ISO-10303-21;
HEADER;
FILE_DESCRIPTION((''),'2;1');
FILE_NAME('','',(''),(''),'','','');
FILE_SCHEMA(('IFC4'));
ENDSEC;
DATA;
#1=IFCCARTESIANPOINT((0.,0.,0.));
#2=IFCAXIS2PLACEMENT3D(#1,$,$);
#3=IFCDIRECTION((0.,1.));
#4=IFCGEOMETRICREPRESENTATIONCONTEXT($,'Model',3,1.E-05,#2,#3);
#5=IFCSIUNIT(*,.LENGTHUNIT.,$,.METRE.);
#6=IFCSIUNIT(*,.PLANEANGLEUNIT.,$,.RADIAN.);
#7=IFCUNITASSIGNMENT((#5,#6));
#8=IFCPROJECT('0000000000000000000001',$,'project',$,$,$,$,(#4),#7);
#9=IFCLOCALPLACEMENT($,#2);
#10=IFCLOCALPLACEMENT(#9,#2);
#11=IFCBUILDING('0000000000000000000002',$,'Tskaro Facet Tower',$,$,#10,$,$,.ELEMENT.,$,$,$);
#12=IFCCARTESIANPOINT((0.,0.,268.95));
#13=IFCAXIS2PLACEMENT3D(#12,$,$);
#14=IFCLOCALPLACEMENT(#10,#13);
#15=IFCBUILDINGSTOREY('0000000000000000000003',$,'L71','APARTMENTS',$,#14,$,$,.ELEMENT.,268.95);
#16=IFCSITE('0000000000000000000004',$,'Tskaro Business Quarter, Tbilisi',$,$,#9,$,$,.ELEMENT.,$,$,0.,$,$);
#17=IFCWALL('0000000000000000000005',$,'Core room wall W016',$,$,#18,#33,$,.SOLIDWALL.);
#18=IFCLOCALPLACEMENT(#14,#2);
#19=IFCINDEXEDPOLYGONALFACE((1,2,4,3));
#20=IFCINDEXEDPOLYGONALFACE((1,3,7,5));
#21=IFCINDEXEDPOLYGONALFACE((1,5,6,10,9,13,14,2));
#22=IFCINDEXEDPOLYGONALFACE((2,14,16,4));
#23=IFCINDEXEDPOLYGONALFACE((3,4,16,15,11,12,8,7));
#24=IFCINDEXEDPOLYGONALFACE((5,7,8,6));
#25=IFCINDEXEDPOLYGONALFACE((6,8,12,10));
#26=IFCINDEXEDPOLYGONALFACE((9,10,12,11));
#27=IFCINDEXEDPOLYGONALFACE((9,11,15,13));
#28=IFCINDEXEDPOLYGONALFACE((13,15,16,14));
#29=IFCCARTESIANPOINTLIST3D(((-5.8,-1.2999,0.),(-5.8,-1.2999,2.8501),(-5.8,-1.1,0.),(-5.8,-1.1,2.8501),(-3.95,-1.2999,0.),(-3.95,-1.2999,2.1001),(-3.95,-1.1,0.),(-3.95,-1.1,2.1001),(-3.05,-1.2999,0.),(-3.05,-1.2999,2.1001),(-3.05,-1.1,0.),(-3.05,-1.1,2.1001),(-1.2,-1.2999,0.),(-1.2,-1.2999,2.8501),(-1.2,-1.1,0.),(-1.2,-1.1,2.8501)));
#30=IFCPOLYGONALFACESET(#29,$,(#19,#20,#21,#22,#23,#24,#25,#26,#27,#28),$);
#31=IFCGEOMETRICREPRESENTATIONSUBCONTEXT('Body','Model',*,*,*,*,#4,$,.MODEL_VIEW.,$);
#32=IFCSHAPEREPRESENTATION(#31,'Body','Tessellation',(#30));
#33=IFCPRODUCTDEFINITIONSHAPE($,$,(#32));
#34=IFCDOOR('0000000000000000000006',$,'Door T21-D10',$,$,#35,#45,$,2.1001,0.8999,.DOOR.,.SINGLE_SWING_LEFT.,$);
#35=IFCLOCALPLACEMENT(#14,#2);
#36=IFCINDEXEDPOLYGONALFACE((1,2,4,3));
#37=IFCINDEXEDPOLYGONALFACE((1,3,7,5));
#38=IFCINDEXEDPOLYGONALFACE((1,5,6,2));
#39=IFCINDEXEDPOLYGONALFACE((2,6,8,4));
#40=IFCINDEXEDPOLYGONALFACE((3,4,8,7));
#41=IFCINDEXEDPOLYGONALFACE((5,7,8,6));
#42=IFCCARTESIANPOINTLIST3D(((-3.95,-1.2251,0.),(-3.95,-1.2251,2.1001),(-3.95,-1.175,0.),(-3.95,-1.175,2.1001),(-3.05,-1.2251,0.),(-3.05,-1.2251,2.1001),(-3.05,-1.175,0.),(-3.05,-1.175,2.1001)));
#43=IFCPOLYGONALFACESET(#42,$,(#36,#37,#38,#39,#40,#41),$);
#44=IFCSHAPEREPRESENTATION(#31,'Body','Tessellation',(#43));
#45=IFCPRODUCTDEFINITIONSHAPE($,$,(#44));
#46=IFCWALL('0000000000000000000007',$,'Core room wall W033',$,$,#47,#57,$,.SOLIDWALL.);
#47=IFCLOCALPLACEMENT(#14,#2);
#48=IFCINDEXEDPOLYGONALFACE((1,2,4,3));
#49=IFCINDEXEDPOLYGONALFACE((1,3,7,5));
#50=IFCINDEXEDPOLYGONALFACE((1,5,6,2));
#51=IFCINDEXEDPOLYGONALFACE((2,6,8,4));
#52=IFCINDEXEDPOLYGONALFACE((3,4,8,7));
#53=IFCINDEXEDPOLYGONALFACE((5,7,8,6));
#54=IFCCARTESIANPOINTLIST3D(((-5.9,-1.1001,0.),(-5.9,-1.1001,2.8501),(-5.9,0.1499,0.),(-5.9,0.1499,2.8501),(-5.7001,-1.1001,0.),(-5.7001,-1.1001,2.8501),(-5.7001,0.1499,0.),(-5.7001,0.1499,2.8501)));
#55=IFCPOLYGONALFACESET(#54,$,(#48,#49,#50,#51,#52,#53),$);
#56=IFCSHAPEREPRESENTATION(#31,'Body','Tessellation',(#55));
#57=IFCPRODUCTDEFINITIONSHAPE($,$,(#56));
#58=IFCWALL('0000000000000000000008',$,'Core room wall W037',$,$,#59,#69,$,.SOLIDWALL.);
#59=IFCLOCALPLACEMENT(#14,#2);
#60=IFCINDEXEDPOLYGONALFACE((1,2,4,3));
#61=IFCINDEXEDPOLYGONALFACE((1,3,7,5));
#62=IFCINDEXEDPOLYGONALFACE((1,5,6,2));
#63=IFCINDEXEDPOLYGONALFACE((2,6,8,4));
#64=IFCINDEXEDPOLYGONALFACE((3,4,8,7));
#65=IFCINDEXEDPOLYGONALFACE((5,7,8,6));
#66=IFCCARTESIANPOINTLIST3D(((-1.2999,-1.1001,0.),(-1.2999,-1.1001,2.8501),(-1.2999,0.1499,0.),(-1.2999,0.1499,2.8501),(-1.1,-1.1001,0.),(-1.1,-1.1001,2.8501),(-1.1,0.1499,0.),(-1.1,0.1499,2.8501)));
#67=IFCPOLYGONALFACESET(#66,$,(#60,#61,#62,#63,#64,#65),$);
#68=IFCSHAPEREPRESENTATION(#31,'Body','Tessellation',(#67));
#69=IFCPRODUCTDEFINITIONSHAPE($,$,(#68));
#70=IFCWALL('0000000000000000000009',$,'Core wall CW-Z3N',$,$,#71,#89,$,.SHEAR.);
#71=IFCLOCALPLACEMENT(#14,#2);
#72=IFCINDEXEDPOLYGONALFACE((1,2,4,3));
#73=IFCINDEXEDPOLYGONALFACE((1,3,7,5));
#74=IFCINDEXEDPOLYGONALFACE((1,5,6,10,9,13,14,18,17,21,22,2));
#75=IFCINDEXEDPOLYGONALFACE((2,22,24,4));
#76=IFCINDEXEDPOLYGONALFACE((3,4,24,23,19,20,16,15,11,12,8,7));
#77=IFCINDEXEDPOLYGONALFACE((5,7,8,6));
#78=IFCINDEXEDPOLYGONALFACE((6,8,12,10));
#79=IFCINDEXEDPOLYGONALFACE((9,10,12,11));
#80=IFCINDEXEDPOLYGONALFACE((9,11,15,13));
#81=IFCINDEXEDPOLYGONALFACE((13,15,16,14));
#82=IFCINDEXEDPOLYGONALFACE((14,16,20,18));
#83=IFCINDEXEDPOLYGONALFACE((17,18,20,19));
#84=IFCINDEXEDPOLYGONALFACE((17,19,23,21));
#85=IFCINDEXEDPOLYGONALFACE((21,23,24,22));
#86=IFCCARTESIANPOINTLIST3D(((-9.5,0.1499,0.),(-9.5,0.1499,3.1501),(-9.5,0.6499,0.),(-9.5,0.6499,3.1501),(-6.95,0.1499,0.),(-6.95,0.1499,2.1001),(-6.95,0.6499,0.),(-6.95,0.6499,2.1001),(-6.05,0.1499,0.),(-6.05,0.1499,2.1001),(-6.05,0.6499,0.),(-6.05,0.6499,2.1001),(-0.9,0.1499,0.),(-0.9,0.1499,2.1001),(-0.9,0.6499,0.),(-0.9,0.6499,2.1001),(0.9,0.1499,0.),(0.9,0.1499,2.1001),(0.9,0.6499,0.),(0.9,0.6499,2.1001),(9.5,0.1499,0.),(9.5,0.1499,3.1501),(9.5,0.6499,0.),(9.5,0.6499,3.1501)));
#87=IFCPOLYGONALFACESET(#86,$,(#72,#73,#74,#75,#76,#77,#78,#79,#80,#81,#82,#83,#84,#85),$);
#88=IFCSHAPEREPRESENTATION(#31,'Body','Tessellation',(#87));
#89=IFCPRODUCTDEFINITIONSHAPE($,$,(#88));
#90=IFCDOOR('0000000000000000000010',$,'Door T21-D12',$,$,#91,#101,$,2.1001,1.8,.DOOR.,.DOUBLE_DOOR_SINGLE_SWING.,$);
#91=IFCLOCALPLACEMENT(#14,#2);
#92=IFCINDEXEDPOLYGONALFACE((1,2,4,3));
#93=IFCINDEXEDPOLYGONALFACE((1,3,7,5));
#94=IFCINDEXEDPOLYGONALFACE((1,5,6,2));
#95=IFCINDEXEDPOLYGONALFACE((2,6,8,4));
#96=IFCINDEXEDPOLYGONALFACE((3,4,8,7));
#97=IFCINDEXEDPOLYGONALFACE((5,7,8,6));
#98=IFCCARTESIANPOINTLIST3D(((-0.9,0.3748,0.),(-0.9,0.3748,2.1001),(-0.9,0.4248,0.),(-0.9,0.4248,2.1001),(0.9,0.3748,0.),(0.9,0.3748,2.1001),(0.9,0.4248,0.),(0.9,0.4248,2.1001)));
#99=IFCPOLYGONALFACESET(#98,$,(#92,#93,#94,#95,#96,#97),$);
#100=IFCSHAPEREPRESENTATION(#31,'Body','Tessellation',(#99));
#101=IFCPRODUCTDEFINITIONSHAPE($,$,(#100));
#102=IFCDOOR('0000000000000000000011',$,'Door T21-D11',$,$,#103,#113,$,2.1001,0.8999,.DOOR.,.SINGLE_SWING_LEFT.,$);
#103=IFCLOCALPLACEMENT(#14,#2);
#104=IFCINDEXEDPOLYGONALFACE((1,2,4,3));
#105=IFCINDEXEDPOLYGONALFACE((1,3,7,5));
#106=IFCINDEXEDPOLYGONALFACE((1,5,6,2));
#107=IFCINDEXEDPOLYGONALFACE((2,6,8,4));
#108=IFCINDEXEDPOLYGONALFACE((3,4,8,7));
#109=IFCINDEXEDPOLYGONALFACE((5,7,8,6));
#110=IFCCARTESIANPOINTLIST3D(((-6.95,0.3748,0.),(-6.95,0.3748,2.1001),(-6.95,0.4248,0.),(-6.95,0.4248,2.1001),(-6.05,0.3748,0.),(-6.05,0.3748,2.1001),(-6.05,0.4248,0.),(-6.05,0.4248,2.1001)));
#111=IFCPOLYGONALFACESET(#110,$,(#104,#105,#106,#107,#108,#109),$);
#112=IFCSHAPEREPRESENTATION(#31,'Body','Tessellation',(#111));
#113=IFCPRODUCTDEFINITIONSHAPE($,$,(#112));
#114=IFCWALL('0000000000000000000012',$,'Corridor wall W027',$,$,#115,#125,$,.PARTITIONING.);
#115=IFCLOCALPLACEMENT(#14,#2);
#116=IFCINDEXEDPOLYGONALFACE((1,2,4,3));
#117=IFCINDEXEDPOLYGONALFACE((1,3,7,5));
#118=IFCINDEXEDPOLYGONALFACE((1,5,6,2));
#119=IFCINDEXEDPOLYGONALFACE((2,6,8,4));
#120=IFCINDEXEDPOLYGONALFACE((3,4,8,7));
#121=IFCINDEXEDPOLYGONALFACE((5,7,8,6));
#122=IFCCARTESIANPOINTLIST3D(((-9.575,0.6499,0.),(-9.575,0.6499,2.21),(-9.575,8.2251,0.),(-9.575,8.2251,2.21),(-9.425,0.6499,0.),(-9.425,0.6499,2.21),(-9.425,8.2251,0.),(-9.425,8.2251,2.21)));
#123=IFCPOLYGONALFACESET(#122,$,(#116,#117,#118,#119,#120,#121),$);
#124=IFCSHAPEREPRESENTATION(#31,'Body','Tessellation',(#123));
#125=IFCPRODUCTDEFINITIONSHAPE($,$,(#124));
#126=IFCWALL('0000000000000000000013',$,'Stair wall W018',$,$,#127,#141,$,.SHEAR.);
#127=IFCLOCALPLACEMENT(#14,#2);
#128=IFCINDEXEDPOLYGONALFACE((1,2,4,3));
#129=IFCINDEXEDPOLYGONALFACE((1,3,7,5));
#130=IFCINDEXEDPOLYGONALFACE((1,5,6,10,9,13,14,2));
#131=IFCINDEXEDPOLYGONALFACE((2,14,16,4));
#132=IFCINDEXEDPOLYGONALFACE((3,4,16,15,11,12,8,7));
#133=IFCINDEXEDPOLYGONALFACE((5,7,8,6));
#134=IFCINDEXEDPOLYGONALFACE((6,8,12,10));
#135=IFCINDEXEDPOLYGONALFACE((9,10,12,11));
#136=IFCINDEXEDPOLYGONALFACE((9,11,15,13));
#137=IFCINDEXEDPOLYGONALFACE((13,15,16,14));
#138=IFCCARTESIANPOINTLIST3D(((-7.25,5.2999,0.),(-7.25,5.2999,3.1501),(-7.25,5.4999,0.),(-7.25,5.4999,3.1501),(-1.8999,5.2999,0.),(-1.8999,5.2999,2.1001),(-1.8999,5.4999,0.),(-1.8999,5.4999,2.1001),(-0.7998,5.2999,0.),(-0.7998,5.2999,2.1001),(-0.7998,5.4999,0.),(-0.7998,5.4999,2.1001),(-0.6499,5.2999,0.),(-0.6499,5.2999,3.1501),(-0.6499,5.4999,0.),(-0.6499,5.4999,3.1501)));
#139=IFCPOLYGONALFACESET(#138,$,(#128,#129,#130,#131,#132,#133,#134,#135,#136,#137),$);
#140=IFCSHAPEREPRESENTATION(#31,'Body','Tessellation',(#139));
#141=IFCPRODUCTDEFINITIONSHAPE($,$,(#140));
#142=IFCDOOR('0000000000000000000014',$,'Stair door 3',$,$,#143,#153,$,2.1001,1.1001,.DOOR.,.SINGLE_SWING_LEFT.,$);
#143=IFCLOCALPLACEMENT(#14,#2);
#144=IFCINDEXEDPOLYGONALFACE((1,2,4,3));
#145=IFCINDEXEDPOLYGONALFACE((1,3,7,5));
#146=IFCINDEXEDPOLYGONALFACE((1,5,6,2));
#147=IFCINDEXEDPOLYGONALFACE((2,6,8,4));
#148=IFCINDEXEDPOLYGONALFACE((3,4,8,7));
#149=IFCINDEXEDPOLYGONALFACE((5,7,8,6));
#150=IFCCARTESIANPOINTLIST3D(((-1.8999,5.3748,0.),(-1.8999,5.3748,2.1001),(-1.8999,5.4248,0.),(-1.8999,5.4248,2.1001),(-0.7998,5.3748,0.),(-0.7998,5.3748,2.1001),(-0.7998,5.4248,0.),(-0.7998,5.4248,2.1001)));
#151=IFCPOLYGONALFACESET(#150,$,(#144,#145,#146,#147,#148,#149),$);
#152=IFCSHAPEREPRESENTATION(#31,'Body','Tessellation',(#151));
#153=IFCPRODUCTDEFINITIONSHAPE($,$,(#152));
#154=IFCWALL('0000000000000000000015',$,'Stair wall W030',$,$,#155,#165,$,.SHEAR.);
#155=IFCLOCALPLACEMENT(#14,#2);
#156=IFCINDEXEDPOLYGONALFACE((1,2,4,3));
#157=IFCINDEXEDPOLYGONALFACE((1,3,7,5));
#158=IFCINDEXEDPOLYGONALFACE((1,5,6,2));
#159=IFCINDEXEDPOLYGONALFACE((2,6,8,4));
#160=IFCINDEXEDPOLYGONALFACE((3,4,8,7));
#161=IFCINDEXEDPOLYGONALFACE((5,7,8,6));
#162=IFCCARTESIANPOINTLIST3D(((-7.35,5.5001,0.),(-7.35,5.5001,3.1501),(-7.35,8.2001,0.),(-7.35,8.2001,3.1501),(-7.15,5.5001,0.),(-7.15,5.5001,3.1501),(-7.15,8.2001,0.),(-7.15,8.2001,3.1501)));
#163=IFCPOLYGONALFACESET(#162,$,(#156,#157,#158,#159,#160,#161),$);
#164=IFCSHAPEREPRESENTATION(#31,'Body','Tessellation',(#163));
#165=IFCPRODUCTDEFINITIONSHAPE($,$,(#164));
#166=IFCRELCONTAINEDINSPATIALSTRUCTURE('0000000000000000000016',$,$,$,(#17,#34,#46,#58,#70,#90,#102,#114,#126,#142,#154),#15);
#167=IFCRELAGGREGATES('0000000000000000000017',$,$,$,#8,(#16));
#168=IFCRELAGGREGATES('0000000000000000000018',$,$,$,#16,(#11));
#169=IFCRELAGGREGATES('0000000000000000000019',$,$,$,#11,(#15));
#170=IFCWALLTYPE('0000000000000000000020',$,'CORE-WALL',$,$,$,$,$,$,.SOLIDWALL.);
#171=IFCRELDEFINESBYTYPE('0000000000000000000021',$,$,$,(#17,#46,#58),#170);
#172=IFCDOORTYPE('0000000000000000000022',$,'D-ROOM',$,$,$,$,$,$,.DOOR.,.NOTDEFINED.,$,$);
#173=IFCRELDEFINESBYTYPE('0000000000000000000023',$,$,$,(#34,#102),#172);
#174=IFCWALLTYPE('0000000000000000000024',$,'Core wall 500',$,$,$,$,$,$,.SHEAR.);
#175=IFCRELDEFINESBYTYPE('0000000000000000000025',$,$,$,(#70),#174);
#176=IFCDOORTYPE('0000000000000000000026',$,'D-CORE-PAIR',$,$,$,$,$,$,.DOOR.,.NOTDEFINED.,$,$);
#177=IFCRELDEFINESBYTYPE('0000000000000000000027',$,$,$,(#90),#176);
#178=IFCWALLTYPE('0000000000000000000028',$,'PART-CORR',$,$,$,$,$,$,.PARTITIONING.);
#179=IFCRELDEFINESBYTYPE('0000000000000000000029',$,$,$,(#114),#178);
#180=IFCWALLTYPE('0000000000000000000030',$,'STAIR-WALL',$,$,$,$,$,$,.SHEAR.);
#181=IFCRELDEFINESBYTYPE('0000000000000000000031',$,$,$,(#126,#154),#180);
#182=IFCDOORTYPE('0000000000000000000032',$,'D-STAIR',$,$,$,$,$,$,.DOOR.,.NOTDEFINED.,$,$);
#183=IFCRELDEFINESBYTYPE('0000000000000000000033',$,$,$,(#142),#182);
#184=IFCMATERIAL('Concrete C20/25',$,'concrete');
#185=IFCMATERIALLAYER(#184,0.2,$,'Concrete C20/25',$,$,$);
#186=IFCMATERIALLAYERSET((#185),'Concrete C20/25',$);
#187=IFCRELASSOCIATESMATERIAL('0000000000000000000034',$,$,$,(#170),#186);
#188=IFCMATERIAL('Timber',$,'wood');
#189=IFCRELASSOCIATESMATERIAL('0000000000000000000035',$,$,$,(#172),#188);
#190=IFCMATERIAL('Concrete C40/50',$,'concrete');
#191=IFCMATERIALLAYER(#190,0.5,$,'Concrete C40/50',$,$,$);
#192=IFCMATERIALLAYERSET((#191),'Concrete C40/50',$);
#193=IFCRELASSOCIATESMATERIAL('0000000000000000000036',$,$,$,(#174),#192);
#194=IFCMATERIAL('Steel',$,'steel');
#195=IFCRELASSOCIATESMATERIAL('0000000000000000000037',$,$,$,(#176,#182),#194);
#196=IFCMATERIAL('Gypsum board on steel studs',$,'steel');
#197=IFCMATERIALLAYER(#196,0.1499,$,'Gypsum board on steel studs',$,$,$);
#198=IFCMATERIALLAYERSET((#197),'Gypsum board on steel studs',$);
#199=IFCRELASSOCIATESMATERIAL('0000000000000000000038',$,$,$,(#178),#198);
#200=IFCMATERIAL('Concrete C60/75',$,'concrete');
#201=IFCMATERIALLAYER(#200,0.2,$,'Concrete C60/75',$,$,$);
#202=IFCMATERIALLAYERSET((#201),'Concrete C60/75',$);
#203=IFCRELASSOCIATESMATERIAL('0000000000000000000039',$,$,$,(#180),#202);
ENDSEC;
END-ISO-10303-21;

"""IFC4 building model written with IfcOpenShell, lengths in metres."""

from ifc_helpers import new_model, si_unit, direction, frame, frame_2d, origin, place, context, subcontext, project, spatial, rectangle, extrude, material, layer, layer_set, type_object, element, fill, save


model = new_model("IFC4")

# Units and contexts
model_context = context("Model", 3, precision=1e-05, world=origin(), true_north=direction((0.0, 1.0)))
body_context = subcontext(model_context, "Body", "Model", "MODEL_VIEW")
ifc_project = project(units=[si_unit("LENGTHUNIT", "METRE"), si_unit("PLANEANGLEUNIT", "RADIAN")], contexts=[model_context])

# Site, building, storey
site_placement = place(None, origin())
site = spatial("IfcSite", under=ifc_project, at=site_placement, Name="Tskaro Business Quarter, Tbilisi", CompositionType="ELEMENT", RefElevation=0.0)
building_placement = place(site_placement, origin())
building = spatial("IfcBuilding", under=site, at=building_placement, Name="Tskaro Facet Tower", CompositionType="ELEMENT")
storey_placement = place(building_placement, frame((0.0, 0.0, 268.95)))
storey = spatial("IfcBuildingStorey", under=building, at=storey_placement, Name="L71", Description="APARTMENTS", CompositionType="ELEMENT", Elevation=268.95)

# Shared definitions
ifc_material_1 = material(Name="Concrete C40/50", Category="concrete")

# Shared definitions
ifc_material_2 = material(Name="Concrete C60/75", Category="concrete")

# Wall, opening, door
ifc_material_3 = material(Name="Concrete C20/25", Category="concrete")
ifc_layer_1 = layer(ifc_material_3, 0.2, Name="Concrete C20/25")
ifc_layer_set_1 = layer_set([ifc_layer_1], Name="Concrete C20/25")
wall_type_1 = type_object("IfcWallType", Name="CORE-WALL", PredefinedType="SOLIDWALL", material=ifc_layer_set_1)
wall_1_placement = place(storey_placement, frame((-5.8, -1.2, 0.0), z_axis=(0.0, 0.0, 1.0), x_axis=(1.0, 0.0, 0.0)))
wall_1 = element("IfcWall", 1, at=wall_1_placement, inside=storey, type_object=wall_type_1, Name="Core room wall W016", PredefinedType="SOLIDWALL", context=body_context, shape_type="SweptSolid", body=[
    extrude(rectangle(XDim=4.6001, YDim=0.2, at=frame_2d((2.3, 0.0))), origin(), (0.0, 0.0, 1.0), 2.8501),
])
opening_1_placement = place(wall_1_placement, frame((1.8501, 0.0, 0.0)))
opening_1 = element("IfcOpeningElement", 2, at=opening_1_placement, cuts=wall_1, PredefinedType="OPENING", context=body_context, shape_type="SweptSolid", body=[
    extrude(rectangle(XDim=0.8999, YDim=2.1001, at=frame_2d((0.45, 1.05))), frame((0.0, 0.1099, 0.0), z_axis=(0.0, -1.0, 0.0), x_axis=(1.0, 0.0, 0.0)), (0.0, 0.0, 1.0), 0.22),
])
ifc_material_4 = material(Name="Timber", Category="wood")
door_type_1 = type_object("IfcDoorType", Name="D-ROOM", OperationType="NOTDEFINED", PredefinedType="DOOR", material=ifc_material_4)
door_1_placement = place(opening_1_placement, origin())
door_1 = element("IfcDoor", 3, at=door_1_placement, inside=storey, type_object=door_type_1, Name="Door T21-D10", OperationType="SINGLE_SWING_LEFT", OverallHeight=2.1001, OverallWidth=0.8999, PredefinedType="DOOR", context=body_context, shape_type="SweptSolid", body=[
    extrude(rectangle(XDim=0.8999, YDim=2.1001, at=frame_2d((0.45, 1.05))), frame((0.0, 0.0249, 0.0), z_axis=(0.0, -1.0, 0.0), x_axis=(1.0, 0.0, 0.0)), (0.0, 0.0, 1.0), 0.05),
])
fill(opening_1, door_1)

# Walls
for number, where, z_axis, x_axis, name in (
    (4, (-5.8, -1.1001, 0.0), (0.0, 0.0, 1.0), (0.0, 1.0, 0.0), "Core room wall W033"),
    (5, (-1.2, -1.1001, 0.0), (0.0, 0.0, 1.0), (0.0, 1.0, 0.0), "Core room wall W037"),
):
    element("IfcWall", number, at=place(storey_placement, frame(where, z_axis=z_axis, x_axis=x_axis)), inside=storey, type_object=wall_type_1, Name=name, PredefinedType="SOLIDWALL", context=body_context, shape_type="SweptSolid", body=[
        extrude(rectangle(XDim=1.25, YDim=0.2, at=frame_2d((0.625, 0.0))), origin(), (0.0, 0.0, 1.0), 2.8501),
    ])

# Wall, openings, doors
ifc_layer_2 = layer(ifc_material_1, 0.5, Name="Concrete C40/50")
ifc_layer_set_2 = layer_set([ifc_layer_2], Name="Concrete C40/50")
wall_type_2 = type_object("IfcWallType", Name="Core wall 500", PredefinedType="SHEAR", material=ifc_layer_set_2)
wall_2_placement = place(storey_placement, frame((-9.5, 0.3999, 0.0), z_axis=(0.0, 0.0, 1.0), x_axis=(1.0, 0.0, 0.0)))
wall_2 = element("IfcWall", 6, at=wall_2_placement, inside=storey, type_object=wall_type_2, Name="Core wall CW-Z3N", PredefinedType="SHEAR", context=body_context, shape_type="SweptSolid", body=[
    extrude(rectangle(XDim=19.0, YDim=0.5, at=frame_2d((9.5, 0.0))), origin(), (0.0, 0.0, 1.0), 3.1501),
])
opening_2_placement = place(wall_2_placement, frame((8.6001, 0.0, 0.0)))
opening_2 = element("IfcOpeningElement", 7, at=opening_2_placement, cuts=wall_2, PredefinedType="OPENING", context=body_context, shape_type="SweptSolid", body=[
    extrude(rectangle(XDim=1.8, YDim=2.1001, at=frame_2d((0.8999, 1.05))), frame((0.0, 0.26, 0.0), z_axis=(0.0, -1.0, 0.0), x_axis=(1.0, 0.0, 0.0)), (0.0, 0.0, 1.0), 0.52),
])
opening_3_placement = place(wall_2_placement, frame((2.55, 0.0, 0.0)))
opening_3 = element("IfcOpeningElement", 8, at=opening_3_placement, cuts=wall_2, PredefinedType="OPENING", context=body_context, shape_type="SweptSolid", body=[
    extrude(rectangle(XDim=0.8999, YDim=2.1001, at=frame_2d((0.45, 1.05))), frame((0.0, 0.26, 0.0), z_axis=(0.0, -1.0, 0.0), x_axis=(1.0, 0.0, 0.0)), (0.0, 0.0, 1.0), 0.52),
])
ifc_material_5 = material(Name="Steel", Category="steel")
door_type_2 = type_object("IfcDoorType", Name="D-CORE-PAIR", OperationType="NOTDEFINED", PredefinedType="DOOR", material=ifc_material_5)
door_2_placement = place(opening_2_placement, origin())
door_2 = element("IfcDoor", 9, at=door_2_placement, inside=storey, type_object=door_type_2, Name="Door T21-D12", OperationType="DOUBLE_DOOR_SINGLE_SWING", OverallHeight=2.1001, OverallWidth=1.8, PredefinedType="DOOR", context=body_context, shape_type="SweptSolid", body=[
    extrude(rectangle(XDim=1.8, YDim=2.1001, at=frame_2d((0.8999, 1.05))), frame((0.0, 0.0249, 0.0), z_axis=(0.0, -1.0, 0.0), x_axis=(1.0, 0.0, 0.0)), (0.0, 0.0, 1.0), 0.05),
])
fill(opening_2, door_2)
door_3_placement = place(opening_3_placement, origin())
door_3 = element("IfcDoor", 10, at=door_3_placement, inside=storey, type_object=door_type_1, Name="Door T21-D11", OperationType="SINGLE_SWING_LEFT", OverallHeight=2.1001, OverallWidth=0.8999, PredefinedType="DOOR", context=body_context, shape_type="SweptSolid", body=[
    extrude(rectangle(XDim=0.8999, YDim=2.1001, at=frame_2d((0.45, 1.05))), frame((0.0, 0.0249, 0.0), z_axis=(0.0, -1.0, 0.0), x_axis=(1.0, 0.0, 0.0)), (0.0, 0.0, 1.0), 0.05),
])
fill(opening_3, door_3)

# Wall
ifc_material_6 = material(Name="Gypsum board on steel studs", Category="steel")
ifc_layer_3 = layer(ifc_material_6, 0.1499, Name="Gypsum board on steel studs")
ifc_layer_set_3 = layer_set([ifc_layer_3], Name="Gypsum board on steel studs")
wall_type_3 = type_object("IfcWallType", Name="PART-CORR", PredefinedType="PARTITIONING", material=ifc_layer_set_3)
wall_3_placement = place(storey_placement, frame((-9.5, 0.6499, 0.0), z_axis=(0.0, 0.0, 1.0), x_axis=(0.0, 1.0, 0.0)))
element("IfcWall", 11, at=wall_3_placement, inside=storey, type_object=wall_type_3, Name="Corridor wall W027", PredefinedType="PARTITIONING", context=body_context, shape_type="SweptSolid", body=[
    extrude(rectangle(XDim=7.5752, YDim=0.1499, at=frame_2d((3.7876, 0.0))), origin(), (0.0, 0.0, 1.0), 2.21),
])

# Wall, opening, door
ifc_layer_4 = layer(ifc_material_2, 0.2, Name="Concrete C60/75")
ifc_layer_set_4 = layer_set([ifc_layer_4], Name="Concrete C60/75")
wall_type_4 = type_object("IfcWallType", Name="STAIR-WALL", PredefinedType="SHEAR", material=ifc_layer_set_4)
wall_4_placement = place(storey_placement, frame((-7.25, 5.3999, 0.0), z_axis=(0.0, 0.0, 1.0), x_axis=(1.0, 0.0, 0.0)))
wall_4 = element("IfcWall", 12, at=wall_4_placement, inside=storey, type_object=wall_type_4, Name="Stair wall W018", PredefinedType="SHEAR", context=body_context, shape_type="SweptSolid", body=[
    extrude(rectangle(XDim=6.6001, YDim=0.2, at=frame_2d((3.3, 0.0))), origin(), (0.0, 0.0, 1.0), 3.1501),
])
opening_4_placement = place(wall_4_placement, frame((5.3501, 0.0, 0.0)))
opening_4 = element("IfcOpeningElement", 13, at=opening_4_placement, cuts=wall_4, PredefinedType="OPENING", context=body_context, shape_type="SweptSolid", body=[
    extrude(rectangle(XDim=1.1001, YDim=2.1001, at=frame_2d((0.55, 1.05))), frame((0.0, 0.1099, 0.0), z_axis=(0.0, -1.0, 0.0), x_axis=(1.0, 0.0, 0.0)), (0.0, 0.0, 1.0), 0.22),
])
door_type_3 = type_object("IfcDoorType", Name="D-STAIR", OperationType="NOTDEFINED", PredefinedType="DOOR", material=ifc_material_5)
door_4_placement = place(opening_4_placement, origin())
door_4 = element("IfcDoor", 14, at=door_4_placement, inside=storey, type_object=door_type_3, Name="Stair door 3", OperationType="SINGLE_SWING_LEFT", OverallHeight=2.1001, OverallWidth=1.1001, PredefinedType="DOOR", context=body_context, shape_type="SweptSolid", body=[
    extrude(rectangle(XDim=1.1001, YDim=2.1001, at=frame_2d((0.55, 1.05))), frame((0.0, 0.0249, 0.0), z_axis=(0.0, -1.0, 0.0), x_axis=(1.0, 0.0, 0.0)), (0.0, 0.0, 1.0), 0.05),
])
fill(opening_4, door_4)

# Wall
for number, where, z_axis, x_axis, name in (
    (15, (-7.25, 5.5, 0.0), (0.0, 0.0, 1.0), (0.0, 1.0, 0.0), "Stair wall W030"),
):
    element("IfcWall", number, at=place(storey_placement, frame(where, z_axis=z_axis, x_axis=x_axis)), inside=storey, type_object=wall_type_4, Name=name, PredefinedType="SHEAR", context=body_context, shape_type="SweptSolid", body=[
        extrude(rectangle(XDim=2.7, YDim=0.2, at=frame_2d((1.3501, 0.0))), origin(), (0.0, 0.0, 1.0), 3.1501),
    ])

save(model, "model.ifc")
